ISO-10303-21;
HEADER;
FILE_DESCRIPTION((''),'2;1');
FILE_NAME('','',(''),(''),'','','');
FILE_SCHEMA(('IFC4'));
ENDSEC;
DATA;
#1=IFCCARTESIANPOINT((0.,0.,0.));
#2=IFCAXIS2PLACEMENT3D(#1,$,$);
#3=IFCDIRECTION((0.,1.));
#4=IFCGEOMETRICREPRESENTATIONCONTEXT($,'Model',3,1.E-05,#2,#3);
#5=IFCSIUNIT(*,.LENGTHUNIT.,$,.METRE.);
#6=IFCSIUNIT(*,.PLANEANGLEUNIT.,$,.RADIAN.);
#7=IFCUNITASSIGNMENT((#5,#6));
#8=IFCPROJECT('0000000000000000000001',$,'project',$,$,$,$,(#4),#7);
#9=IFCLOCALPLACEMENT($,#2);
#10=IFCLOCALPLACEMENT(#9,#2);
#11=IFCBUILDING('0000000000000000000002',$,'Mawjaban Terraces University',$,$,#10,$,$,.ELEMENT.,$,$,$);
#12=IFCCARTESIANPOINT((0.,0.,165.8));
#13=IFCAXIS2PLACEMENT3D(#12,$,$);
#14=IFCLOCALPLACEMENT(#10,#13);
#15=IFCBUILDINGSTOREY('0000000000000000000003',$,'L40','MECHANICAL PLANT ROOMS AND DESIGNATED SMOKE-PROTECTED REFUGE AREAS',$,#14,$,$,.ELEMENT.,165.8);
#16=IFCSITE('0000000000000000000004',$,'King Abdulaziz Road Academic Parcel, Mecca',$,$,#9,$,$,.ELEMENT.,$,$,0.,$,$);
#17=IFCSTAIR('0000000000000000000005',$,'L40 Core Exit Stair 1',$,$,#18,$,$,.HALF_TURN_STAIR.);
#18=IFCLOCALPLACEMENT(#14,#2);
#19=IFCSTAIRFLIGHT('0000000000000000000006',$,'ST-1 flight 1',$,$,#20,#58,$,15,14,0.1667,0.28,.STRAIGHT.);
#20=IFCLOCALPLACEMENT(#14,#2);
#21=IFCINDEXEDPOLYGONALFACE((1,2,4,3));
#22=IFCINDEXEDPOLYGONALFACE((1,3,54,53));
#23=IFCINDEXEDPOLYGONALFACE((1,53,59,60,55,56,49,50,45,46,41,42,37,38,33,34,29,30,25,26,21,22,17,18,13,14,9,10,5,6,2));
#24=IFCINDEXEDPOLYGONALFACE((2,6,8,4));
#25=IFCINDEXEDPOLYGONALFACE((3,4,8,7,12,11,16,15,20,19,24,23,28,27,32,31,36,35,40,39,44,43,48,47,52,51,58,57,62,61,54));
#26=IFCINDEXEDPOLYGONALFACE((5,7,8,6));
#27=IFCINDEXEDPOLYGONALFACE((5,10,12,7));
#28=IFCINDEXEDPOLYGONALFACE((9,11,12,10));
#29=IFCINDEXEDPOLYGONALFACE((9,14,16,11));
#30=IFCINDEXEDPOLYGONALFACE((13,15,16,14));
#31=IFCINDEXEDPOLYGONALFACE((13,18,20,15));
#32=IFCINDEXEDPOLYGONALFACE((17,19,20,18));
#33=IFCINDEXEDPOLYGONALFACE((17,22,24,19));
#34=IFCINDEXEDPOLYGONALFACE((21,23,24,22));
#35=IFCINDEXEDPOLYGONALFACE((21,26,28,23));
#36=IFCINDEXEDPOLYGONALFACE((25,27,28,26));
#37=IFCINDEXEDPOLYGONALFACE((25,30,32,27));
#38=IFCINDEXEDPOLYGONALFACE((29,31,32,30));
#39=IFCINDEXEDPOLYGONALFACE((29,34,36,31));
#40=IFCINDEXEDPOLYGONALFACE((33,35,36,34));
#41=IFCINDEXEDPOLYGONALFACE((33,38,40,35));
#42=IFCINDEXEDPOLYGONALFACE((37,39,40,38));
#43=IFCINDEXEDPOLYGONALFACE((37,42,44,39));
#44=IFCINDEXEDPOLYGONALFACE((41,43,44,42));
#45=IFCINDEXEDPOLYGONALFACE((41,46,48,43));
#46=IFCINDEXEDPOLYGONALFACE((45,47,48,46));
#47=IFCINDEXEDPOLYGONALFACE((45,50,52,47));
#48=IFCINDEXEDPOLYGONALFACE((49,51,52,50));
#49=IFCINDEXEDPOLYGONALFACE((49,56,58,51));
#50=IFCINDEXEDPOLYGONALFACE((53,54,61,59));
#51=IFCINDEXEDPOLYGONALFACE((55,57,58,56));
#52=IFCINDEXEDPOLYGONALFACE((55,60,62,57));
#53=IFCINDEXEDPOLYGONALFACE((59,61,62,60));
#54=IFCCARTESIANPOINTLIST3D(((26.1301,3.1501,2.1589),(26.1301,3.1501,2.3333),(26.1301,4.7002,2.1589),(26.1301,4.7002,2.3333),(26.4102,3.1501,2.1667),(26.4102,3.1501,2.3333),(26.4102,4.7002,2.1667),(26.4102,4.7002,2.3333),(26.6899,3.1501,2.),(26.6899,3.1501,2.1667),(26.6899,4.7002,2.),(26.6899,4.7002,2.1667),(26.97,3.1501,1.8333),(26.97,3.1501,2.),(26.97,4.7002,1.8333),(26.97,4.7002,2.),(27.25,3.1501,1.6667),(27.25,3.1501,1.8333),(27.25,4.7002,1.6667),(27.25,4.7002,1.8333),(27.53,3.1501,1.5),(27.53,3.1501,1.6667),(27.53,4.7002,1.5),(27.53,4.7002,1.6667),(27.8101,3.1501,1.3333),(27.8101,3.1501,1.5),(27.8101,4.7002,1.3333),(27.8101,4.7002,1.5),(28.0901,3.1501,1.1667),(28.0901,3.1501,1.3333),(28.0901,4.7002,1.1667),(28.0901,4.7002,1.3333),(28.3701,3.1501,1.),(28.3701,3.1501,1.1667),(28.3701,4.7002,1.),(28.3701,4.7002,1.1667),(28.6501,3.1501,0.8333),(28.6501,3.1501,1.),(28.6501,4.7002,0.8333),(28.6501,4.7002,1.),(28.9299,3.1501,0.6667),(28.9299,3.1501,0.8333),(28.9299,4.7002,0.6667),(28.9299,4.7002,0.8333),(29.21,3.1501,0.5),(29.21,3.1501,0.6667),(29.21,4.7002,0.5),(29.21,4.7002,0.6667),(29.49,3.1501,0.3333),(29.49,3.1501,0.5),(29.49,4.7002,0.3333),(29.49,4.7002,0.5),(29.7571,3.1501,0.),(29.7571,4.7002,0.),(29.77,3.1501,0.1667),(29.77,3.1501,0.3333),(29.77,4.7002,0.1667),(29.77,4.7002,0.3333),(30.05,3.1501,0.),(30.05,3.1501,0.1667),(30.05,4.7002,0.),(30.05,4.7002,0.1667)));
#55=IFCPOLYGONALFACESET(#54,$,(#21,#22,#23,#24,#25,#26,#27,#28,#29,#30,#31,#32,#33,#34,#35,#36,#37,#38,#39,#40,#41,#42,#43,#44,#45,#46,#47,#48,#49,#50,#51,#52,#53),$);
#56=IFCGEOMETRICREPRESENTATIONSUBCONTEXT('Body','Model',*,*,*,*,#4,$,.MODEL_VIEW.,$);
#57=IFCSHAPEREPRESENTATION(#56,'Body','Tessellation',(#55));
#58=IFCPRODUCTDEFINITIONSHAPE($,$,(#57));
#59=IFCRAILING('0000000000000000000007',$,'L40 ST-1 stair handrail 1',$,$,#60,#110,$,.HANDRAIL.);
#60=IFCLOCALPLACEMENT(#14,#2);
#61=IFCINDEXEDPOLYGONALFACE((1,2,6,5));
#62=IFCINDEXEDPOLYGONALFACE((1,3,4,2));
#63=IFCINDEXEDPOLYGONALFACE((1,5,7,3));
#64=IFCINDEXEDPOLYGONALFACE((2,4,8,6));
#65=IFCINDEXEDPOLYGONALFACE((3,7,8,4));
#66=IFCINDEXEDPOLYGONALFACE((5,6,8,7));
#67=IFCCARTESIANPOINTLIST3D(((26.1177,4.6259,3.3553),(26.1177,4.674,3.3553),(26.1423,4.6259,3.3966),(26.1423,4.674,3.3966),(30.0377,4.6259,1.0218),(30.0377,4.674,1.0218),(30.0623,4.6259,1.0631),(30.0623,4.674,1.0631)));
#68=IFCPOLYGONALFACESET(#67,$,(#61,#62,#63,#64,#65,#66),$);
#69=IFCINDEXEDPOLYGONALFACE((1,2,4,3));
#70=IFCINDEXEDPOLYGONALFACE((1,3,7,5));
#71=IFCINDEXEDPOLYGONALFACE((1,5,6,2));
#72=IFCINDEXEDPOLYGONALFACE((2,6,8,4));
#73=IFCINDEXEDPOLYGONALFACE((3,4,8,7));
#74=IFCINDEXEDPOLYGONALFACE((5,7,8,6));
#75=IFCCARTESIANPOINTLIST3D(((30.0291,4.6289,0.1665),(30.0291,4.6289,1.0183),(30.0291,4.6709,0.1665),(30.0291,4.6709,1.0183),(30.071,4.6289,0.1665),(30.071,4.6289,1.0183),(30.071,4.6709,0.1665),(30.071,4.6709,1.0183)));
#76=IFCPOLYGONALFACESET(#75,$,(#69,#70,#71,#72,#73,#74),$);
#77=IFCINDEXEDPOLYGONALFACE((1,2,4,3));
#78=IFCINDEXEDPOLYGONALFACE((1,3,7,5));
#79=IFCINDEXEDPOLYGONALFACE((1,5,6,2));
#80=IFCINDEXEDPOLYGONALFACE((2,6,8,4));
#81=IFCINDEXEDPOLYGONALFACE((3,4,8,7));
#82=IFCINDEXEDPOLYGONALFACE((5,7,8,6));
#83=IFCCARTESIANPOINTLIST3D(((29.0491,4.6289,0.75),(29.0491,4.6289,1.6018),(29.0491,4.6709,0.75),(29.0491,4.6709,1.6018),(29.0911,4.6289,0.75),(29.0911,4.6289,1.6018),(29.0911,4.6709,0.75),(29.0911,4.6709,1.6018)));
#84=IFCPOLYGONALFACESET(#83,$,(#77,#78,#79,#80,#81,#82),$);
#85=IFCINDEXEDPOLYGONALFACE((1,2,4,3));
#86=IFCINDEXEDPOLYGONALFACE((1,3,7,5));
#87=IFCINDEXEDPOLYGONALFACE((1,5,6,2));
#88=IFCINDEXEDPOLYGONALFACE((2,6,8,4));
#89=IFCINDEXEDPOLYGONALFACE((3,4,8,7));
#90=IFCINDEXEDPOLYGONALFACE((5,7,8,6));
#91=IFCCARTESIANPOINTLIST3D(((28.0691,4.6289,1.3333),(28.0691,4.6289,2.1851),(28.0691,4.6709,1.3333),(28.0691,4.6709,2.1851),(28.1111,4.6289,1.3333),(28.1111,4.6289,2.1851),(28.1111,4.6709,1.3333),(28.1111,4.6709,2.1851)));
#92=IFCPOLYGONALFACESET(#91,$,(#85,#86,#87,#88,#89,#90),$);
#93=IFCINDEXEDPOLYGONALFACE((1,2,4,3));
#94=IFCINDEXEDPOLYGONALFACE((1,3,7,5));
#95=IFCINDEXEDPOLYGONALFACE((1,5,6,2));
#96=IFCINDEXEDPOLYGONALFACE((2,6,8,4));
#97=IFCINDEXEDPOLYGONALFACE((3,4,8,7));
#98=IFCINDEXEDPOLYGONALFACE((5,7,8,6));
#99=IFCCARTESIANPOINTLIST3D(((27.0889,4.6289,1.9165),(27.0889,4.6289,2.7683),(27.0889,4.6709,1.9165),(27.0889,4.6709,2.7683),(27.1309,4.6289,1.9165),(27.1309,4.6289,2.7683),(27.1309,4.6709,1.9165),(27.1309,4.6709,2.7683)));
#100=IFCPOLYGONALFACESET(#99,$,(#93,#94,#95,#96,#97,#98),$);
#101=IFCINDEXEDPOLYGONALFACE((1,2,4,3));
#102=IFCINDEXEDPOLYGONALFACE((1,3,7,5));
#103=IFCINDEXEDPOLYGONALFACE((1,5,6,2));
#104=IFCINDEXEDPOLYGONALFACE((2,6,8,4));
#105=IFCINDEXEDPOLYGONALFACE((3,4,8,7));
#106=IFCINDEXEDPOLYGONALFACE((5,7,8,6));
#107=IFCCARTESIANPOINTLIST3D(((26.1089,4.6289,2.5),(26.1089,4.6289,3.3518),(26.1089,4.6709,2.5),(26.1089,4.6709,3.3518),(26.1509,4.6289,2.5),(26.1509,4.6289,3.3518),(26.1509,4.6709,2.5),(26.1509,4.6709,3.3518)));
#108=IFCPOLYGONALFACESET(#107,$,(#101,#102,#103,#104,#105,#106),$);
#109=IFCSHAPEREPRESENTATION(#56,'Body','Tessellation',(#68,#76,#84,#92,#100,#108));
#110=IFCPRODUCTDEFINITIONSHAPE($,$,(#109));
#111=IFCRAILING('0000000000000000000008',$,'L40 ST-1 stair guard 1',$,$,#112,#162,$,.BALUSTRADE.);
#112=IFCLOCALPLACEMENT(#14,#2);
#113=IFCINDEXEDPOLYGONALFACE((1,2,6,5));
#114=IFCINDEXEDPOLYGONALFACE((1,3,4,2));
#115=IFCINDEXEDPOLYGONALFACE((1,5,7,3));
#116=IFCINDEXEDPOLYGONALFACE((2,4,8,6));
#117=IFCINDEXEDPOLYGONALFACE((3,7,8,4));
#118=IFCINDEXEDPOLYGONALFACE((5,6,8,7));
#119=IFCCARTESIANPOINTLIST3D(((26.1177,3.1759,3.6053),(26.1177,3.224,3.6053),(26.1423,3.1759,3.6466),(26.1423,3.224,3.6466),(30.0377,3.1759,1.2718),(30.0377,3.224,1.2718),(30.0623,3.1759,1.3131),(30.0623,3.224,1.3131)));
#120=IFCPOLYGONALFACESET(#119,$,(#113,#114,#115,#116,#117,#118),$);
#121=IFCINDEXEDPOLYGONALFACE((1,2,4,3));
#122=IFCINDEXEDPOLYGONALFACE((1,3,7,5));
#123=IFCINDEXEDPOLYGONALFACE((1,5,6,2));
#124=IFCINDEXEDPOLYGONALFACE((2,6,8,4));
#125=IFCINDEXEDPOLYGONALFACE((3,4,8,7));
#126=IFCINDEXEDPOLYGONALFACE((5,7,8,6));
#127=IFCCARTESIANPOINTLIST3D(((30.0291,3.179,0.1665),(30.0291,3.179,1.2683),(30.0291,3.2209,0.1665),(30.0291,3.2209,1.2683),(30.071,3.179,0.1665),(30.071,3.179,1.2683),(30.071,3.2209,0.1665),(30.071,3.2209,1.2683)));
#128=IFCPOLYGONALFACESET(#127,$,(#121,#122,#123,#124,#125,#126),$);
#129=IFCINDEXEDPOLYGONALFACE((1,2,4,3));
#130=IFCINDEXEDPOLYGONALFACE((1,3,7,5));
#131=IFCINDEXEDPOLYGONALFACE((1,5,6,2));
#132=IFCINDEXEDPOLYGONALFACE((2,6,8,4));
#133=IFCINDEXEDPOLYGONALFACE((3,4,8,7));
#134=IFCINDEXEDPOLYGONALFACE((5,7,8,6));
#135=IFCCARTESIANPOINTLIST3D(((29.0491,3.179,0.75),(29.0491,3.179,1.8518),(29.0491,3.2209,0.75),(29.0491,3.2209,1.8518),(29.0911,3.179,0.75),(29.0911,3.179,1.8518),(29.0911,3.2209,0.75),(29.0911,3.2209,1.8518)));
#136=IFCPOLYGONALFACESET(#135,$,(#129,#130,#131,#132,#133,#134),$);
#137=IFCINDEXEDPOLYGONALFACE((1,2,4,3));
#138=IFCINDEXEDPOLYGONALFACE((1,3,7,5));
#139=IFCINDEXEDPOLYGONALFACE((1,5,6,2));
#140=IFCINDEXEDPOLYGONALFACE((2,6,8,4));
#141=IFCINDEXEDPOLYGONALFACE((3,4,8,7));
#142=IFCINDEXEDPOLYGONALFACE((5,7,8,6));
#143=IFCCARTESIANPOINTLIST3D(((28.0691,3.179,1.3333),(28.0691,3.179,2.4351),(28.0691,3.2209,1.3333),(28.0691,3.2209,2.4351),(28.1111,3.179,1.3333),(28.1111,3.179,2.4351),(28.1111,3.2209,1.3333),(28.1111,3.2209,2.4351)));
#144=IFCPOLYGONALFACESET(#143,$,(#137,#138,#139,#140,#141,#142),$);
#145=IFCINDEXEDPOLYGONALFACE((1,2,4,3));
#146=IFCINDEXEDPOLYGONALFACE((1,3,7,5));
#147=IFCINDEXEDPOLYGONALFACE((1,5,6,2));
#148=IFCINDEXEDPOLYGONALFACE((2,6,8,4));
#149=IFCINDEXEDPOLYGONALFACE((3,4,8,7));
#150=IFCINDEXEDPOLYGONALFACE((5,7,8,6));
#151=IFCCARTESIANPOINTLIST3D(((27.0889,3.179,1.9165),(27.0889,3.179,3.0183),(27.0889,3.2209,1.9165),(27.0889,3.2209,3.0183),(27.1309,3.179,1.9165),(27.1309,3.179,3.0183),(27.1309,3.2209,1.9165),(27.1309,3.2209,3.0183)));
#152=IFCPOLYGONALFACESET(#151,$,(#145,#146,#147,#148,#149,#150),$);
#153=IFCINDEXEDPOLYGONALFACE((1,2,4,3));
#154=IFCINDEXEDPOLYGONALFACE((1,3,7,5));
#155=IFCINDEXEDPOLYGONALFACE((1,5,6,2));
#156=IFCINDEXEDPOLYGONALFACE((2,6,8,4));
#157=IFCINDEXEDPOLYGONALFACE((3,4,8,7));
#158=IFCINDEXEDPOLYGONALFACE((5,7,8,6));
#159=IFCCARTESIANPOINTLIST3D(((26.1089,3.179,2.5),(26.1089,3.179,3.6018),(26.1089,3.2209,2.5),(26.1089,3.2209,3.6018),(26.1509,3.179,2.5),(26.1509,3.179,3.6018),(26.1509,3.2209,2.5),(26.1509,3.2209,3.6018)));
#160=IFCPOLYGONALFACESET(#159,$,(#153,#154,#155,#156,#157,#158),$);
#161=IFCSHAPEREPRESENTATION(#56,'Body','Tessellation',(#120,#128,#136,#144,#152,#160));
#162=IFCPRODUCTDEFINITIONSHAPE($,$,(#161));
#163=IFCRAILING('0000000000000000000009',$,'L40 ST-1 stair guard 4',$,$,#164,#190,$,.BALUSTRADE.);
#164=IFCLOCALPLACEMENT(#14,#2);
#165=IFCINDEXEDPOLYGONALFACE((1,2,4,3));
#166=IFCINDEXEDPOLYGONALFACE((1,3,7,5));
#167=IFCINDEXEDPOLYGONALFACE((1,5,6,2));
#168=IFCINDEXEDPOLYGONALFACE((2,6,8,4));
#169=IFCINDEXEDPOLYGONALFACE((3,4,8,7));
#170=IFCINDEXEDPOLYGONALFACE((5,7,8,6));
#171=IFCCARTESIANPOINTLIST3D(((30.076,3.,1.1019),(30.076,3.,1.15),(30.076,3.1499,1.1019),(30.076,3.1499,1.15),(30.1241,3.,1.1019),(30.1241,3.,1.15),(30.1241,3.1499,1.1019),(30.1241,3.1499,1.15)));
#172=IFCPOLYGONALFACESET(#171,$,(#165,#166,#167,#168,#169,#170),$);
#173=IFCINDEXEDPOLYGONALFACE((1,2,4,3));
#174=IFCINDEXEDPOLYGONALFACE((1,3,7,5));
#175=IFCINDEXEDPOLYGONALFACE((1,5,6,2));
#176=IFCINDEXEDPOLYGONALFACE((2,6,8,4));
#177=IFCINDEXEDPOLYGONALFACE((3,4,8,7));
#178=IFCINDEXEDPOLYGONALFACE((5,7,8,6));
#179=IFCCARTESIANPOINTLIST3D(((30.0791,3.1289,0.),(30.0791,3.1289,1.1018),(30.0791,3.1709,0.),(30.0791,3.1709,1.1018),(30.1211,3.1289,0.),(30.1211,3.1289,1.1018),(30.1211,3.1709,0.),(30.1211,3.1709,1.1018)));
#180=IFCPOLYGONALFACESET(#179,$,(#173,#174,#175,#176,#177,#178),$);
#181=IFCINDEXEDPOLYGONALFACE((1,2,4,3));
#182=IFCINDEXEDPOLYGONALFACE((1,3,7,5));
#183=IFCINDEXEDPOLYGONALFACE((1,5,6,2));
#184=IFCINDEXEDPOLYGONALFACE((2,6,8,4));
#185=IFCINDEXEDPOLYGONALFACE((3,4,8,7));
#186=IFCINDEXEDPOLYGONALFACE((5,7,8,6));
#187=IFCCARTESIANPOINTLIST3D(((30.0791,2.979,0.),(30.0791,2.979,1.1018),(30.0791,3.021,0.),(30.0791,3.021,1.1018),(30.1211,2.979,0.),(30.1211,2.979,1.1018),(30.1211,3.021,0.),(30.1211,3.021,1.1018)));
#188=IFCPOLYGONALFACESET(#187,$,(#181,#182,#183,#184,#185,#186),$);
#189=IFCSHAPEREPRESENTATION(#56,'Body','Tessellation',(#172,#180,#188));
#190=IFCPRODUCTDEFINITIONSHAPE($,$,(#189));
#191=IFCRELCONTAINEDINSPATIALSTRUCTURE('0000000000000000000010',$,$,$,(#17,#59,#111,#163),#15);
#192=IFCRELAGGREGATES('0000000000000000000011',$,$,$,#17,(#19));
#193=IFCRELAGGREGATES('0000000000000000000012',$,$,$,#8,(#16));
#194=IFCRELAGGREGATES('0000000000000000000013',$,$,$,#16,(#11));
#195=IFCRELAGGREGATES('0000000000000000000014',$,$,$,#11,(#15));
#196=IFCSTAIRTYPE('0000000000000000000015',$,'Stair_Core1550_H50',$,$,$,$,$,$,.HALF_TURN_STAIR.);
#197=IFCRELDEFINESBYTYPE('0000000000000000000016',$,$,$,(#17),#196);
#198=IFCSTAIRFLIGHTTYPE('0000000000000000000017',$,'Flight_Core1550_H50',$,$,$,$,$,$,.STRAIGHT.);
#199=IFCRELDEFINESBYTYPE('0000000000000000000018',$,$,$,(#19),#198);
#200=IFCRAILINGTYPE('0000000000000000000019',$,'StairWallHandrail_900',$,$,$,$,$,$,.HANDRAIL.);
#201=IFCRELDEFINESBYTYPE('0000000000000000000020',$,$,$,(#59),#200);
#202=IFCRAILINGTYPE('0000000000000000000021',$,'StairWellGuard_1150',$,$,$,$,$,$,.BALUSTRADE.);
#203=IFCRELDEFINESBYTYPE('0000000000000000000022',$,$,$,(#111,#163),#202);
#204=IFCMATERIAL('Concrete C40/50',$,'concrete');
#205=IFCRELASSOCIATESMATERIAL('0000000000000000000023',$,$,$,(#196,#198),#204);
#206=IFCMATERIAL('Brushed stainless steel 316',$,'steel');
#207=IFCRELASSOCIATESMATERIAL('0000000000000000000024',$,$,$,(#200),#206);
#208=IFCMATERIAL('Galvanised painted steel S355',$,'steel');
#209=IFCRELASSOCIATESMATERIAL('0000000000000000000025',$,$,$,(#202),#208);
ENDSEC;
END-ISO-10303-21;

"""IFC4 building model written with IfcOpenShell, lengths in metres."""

from ifc_helpers import new_model, si_unit, direction, frame, origin, origin_2d, place, context, subcontext, project, spatial, polyline, rectangle, outline, extrude, material, type_object, element, aggregate, save


model = new_model("IFC4")

# Units and contexts
model_context = context("Model", 3, precision=1e-05, world=origin(), true_north=direction((0.0, 1.0)))
body_context = subcontext(model_context, "Body", "Model", "MODEL_VIEW")
ifc_project = project(units=[si_unit("LENGTHUNIT", "METRE"), si_unit("PLANEANGLEUNIT", "RADIAN")], contexts=[model_context])

# Site, building, storey
site_placement = place(None, origin())
site = spatial("IfcSite", under=ifc_project, at=site_placement, Name="King Abdulaziz Road Academic Parcel, Mecca", CompositionType="ELEMENT", RefElevation=0.0)
building_placement = place(site_placement, origin())
building = spatial("IfcBuilding", under=site, at=building_placement, Name="Mawjaban Terraces University", CompositionType="ELEMENT")
storey_placement = place(building_placement, frame((0.0, 0.0, 165.8)))
storey = spatial("IfcBuildingStorey", under=building, at=storey_placement, Name="L40", Description="MECHANICAL PLANT ROOMS AND DESIGNATED SMOKE-PROTECTED REFUGE AREAS", CompositionType="ELEMENT", Elevation=165.8)

# Shared definitions
ifc_material_1 = material(Name="Concrete C40/50", Category="concrete")

# Stair, stair flight
stair_type = type_object("IfcStairType", Name="Stair_Core1550_H50", PredefinedType="HALF_TURN_STAIR", material=ifc_material_1)
stair_placement = place(storey_placement, origin())
stair = element("IfcStair", 1, at=stair_placement, inside=storey, type_object=stair_type, Name="L40 Core Exit Stair 1", PredefinedType="HALF_TURN_STAIR")
stair_flight_type = type_object("IfcStairFlightType", Name="Flight_Core1550_H50", PredefinedType="STRAIGHT", material=ifc_material_1)
stair_flight_placement = place(storey_placement, frame((30.05, 3.925, 0.0), z_axis=(0.0, 0.0, 1.0), x_axis=(-1.0, 0.0, 0.0)))
stair_flight = element("IfcStairFlight", 2, at=stair_flight_placement, type_object=stair_flight_type, Name="ST-1 flight 1", NumberOfRisers=15, NumberOfTreads=14, PredefinedType="STRAIGHT", RiserHeight=0.1667, TreadLength=0.28, context=body_context, shape_type="SweptSolid", body=[
    extrude(outline(polyline([(0.0, 0.0), (0.0, 0.1667), (0.28, 0.1667), (0.28, 0.3333), (0.5601, 0.3333), (0.5601, 0.5), (0.8401, 0.5), (0.8401, 0.6667), (1.1201, 0.6667), (1.1201, 0.8333), (1.3999, 0.8333), (1.3999, 1.0), (1.6799, 1.0), (1.6799, 1.1667), (1.96, 1.1667), (1.96, 1.3333), (2.24, 1.3333), (2.24, 1.5), (2.52, 1.5), (2.52, 1.6667), (2.8, 1.6667), (2.8, 1.8333), (3.0801, 1.8333), (3.0801, 2.0), (3.3601, 2.0), (3.3601, 2.1667), (3.6399, 2.1667), (3.6399, 2.3333), (3.9199, 2.3333), (3.9199, 2.5), (3.9199, 2.1589), (0.293, 0.0), (0.0, 0.0)])), frame((0.0, 0.7749, 0.0), z_axis=(0.0, -1.0, 0.0), x_axis=(1.0, 0.0, 0.0)), (0.0, 0.0, 1.0), 1.55),
])
aggregate(stair, [stair_flight])

# Railings
ifc_material_2 = material(Name="Brushed stainless steel 316", Category="steel")
railing_type_1 = type_object("IfcRailingType", Name="StairWallHandrail_900", PredefinedType="HANDRAIL", material=ifc_material_2)
railing_1_placement = place(storey_placement, frame((30.05, 4.6499, 0.1665)))
element("IfcRailing", 3, at=railing_1_placement, inside=storey, type_object=railing_type_1, Name="L40 ST-1 stair handrail 1", PredefinedType="HANDRAIL", context=body_context, shape_type="SweptSolid", body=[
    extrude(rectangle(XDim=0.0481, YDim=0.0481, at=origin_2d()), frame((0.0, 0.0, 0.876), z_axis=(-0.859287, 0.0, 0.511494), x_axis=(0.0, -1.0, 0.0)), (0.0, 0.0, 1.0), 4.562),
    extrude(rectangle(XDim=0.042, YDim=0.042, at=origin_2d()), origin(), (0.0, 0.0, 1.0), 0.8518),
    extrude(rectangle(XDim=0.042, YDim=0.042, at=origin_2d()), frame((-0.98, 0.0, 0.5835)), (0.0, 0.0, 1.0), 0.8518),
    extrude(rectangle(XDim=0.042, YDim=0.042, at=origin_2d()), frame((-1.96, 0.0, 1.1667)), (0.0, 0.0, 1.0), 0.8518),
    extrude(rectangle(XDim=0.042, YDim=0.042, at=origin_2d()), frame((-2.9402, 0.0, 1.75)), (0.0, 0.0, 1.0), 0.8518),
    extrude(rectangle(XDim=0.042, YDim=0.042, at=origin_2d()), frame((-3.9202, 0.0, 2.3335)), (0.0, 0.0, 1.0), 0.8518),
])
ifc_material_3 = material(Name="Galvanised painted steel S355", Category="steel")
railing_type_2 = type_object("IfcRailingType", Name="StairWellGuard_1150", PredefinedType="BALUSTRADE", material=ifc_material_3)
railing_2_placement = place(storey_placement, frame((30.05, 3.2, 0.1665)))
element("IfcRailing", 4, at=railing_2_placement, inside=storey, type_object=railing_type_2, Name="L40 ST-1 stair guard 1", PredefinedType="BALUSTRADE", context=body_context, shape_type="SweptSolid", body=[
    extrude(rectangle(XDim=0.0481, YDim=0.0481, at=origin_2d()), frame((0.0, 0.0, 1.126), z_axis=(-0.859287, 0.0, 0.511494), x_axis=(0.0, -1.0, 0.0)), (0.0, 0.0, 1.0), 4.562),
    extrude(rectangle(XDim=0.042, YDim=0.042, at=origin_2d()), origin(), (0.0, 0.0, 1.0), 1.1018),
    extrude(rectangle(XDim=0.042, YDim=0.042, at=origin_2d()), frame((-0.98, 0.0, 0.5835)), (0.0, 0.0, 1.0), 1.1018),
    extrude(rectangle(XDim=0.042, YDim=0.042, at=origin_2d()), frame((-1.96, 0.0, 1.1667)), (0.0, 0.0, 1.0), 1.1018),
    extrude(rectangle(XDim=0.042, YDim=0.042, at=origin_2d()), frame((-2.9402, 0.0, 1.75)), (0.0, 0.0, 1.0), 1.1018),
    extrude(rectangle(XDim=0.042, YDim=0.042, at=origin_2d()), frame((-3.9202, 0.0, 2.3335)), (0.0, 0.0, 1.0), 1.1018),
])
railing_3_placement = place(storey_placement, frame((30.1001, 3.1499, 0.0)))
element("IfcRailing", 5, at=railing_3_placement, inside=storey, type_object=railing_type_2, Name="L40 ST-1 stair guard 4", PredefinedType="BALUSTRADE", context=body_context, shape_type="SweptSolid", body=[
    extrude(rectangle(XDim=0.0481, YDim=0.0481, at=origin_2d()), frame((0.0, 0.0, 1.126), z_axis=(0.0, -1.0, 0.0), x_axis=(1.0, 0.0, 0.0)), (0.0, 0.0, 1.0), 0.1499),
    extrude(rectangle(XDim=0.042, YDim=0.042, at=origin_2d()), origin(), (0.0, 0.0, 1.0), 1.1018),
    extrude(rectangle(XDim=0.042, YDim=0.042, at=origin_2d()), frame((0.0, -0.1499, 0.0)), (0.0, 0.0, 1.0), 1.1018),
])

save(model, "model.ifc")
